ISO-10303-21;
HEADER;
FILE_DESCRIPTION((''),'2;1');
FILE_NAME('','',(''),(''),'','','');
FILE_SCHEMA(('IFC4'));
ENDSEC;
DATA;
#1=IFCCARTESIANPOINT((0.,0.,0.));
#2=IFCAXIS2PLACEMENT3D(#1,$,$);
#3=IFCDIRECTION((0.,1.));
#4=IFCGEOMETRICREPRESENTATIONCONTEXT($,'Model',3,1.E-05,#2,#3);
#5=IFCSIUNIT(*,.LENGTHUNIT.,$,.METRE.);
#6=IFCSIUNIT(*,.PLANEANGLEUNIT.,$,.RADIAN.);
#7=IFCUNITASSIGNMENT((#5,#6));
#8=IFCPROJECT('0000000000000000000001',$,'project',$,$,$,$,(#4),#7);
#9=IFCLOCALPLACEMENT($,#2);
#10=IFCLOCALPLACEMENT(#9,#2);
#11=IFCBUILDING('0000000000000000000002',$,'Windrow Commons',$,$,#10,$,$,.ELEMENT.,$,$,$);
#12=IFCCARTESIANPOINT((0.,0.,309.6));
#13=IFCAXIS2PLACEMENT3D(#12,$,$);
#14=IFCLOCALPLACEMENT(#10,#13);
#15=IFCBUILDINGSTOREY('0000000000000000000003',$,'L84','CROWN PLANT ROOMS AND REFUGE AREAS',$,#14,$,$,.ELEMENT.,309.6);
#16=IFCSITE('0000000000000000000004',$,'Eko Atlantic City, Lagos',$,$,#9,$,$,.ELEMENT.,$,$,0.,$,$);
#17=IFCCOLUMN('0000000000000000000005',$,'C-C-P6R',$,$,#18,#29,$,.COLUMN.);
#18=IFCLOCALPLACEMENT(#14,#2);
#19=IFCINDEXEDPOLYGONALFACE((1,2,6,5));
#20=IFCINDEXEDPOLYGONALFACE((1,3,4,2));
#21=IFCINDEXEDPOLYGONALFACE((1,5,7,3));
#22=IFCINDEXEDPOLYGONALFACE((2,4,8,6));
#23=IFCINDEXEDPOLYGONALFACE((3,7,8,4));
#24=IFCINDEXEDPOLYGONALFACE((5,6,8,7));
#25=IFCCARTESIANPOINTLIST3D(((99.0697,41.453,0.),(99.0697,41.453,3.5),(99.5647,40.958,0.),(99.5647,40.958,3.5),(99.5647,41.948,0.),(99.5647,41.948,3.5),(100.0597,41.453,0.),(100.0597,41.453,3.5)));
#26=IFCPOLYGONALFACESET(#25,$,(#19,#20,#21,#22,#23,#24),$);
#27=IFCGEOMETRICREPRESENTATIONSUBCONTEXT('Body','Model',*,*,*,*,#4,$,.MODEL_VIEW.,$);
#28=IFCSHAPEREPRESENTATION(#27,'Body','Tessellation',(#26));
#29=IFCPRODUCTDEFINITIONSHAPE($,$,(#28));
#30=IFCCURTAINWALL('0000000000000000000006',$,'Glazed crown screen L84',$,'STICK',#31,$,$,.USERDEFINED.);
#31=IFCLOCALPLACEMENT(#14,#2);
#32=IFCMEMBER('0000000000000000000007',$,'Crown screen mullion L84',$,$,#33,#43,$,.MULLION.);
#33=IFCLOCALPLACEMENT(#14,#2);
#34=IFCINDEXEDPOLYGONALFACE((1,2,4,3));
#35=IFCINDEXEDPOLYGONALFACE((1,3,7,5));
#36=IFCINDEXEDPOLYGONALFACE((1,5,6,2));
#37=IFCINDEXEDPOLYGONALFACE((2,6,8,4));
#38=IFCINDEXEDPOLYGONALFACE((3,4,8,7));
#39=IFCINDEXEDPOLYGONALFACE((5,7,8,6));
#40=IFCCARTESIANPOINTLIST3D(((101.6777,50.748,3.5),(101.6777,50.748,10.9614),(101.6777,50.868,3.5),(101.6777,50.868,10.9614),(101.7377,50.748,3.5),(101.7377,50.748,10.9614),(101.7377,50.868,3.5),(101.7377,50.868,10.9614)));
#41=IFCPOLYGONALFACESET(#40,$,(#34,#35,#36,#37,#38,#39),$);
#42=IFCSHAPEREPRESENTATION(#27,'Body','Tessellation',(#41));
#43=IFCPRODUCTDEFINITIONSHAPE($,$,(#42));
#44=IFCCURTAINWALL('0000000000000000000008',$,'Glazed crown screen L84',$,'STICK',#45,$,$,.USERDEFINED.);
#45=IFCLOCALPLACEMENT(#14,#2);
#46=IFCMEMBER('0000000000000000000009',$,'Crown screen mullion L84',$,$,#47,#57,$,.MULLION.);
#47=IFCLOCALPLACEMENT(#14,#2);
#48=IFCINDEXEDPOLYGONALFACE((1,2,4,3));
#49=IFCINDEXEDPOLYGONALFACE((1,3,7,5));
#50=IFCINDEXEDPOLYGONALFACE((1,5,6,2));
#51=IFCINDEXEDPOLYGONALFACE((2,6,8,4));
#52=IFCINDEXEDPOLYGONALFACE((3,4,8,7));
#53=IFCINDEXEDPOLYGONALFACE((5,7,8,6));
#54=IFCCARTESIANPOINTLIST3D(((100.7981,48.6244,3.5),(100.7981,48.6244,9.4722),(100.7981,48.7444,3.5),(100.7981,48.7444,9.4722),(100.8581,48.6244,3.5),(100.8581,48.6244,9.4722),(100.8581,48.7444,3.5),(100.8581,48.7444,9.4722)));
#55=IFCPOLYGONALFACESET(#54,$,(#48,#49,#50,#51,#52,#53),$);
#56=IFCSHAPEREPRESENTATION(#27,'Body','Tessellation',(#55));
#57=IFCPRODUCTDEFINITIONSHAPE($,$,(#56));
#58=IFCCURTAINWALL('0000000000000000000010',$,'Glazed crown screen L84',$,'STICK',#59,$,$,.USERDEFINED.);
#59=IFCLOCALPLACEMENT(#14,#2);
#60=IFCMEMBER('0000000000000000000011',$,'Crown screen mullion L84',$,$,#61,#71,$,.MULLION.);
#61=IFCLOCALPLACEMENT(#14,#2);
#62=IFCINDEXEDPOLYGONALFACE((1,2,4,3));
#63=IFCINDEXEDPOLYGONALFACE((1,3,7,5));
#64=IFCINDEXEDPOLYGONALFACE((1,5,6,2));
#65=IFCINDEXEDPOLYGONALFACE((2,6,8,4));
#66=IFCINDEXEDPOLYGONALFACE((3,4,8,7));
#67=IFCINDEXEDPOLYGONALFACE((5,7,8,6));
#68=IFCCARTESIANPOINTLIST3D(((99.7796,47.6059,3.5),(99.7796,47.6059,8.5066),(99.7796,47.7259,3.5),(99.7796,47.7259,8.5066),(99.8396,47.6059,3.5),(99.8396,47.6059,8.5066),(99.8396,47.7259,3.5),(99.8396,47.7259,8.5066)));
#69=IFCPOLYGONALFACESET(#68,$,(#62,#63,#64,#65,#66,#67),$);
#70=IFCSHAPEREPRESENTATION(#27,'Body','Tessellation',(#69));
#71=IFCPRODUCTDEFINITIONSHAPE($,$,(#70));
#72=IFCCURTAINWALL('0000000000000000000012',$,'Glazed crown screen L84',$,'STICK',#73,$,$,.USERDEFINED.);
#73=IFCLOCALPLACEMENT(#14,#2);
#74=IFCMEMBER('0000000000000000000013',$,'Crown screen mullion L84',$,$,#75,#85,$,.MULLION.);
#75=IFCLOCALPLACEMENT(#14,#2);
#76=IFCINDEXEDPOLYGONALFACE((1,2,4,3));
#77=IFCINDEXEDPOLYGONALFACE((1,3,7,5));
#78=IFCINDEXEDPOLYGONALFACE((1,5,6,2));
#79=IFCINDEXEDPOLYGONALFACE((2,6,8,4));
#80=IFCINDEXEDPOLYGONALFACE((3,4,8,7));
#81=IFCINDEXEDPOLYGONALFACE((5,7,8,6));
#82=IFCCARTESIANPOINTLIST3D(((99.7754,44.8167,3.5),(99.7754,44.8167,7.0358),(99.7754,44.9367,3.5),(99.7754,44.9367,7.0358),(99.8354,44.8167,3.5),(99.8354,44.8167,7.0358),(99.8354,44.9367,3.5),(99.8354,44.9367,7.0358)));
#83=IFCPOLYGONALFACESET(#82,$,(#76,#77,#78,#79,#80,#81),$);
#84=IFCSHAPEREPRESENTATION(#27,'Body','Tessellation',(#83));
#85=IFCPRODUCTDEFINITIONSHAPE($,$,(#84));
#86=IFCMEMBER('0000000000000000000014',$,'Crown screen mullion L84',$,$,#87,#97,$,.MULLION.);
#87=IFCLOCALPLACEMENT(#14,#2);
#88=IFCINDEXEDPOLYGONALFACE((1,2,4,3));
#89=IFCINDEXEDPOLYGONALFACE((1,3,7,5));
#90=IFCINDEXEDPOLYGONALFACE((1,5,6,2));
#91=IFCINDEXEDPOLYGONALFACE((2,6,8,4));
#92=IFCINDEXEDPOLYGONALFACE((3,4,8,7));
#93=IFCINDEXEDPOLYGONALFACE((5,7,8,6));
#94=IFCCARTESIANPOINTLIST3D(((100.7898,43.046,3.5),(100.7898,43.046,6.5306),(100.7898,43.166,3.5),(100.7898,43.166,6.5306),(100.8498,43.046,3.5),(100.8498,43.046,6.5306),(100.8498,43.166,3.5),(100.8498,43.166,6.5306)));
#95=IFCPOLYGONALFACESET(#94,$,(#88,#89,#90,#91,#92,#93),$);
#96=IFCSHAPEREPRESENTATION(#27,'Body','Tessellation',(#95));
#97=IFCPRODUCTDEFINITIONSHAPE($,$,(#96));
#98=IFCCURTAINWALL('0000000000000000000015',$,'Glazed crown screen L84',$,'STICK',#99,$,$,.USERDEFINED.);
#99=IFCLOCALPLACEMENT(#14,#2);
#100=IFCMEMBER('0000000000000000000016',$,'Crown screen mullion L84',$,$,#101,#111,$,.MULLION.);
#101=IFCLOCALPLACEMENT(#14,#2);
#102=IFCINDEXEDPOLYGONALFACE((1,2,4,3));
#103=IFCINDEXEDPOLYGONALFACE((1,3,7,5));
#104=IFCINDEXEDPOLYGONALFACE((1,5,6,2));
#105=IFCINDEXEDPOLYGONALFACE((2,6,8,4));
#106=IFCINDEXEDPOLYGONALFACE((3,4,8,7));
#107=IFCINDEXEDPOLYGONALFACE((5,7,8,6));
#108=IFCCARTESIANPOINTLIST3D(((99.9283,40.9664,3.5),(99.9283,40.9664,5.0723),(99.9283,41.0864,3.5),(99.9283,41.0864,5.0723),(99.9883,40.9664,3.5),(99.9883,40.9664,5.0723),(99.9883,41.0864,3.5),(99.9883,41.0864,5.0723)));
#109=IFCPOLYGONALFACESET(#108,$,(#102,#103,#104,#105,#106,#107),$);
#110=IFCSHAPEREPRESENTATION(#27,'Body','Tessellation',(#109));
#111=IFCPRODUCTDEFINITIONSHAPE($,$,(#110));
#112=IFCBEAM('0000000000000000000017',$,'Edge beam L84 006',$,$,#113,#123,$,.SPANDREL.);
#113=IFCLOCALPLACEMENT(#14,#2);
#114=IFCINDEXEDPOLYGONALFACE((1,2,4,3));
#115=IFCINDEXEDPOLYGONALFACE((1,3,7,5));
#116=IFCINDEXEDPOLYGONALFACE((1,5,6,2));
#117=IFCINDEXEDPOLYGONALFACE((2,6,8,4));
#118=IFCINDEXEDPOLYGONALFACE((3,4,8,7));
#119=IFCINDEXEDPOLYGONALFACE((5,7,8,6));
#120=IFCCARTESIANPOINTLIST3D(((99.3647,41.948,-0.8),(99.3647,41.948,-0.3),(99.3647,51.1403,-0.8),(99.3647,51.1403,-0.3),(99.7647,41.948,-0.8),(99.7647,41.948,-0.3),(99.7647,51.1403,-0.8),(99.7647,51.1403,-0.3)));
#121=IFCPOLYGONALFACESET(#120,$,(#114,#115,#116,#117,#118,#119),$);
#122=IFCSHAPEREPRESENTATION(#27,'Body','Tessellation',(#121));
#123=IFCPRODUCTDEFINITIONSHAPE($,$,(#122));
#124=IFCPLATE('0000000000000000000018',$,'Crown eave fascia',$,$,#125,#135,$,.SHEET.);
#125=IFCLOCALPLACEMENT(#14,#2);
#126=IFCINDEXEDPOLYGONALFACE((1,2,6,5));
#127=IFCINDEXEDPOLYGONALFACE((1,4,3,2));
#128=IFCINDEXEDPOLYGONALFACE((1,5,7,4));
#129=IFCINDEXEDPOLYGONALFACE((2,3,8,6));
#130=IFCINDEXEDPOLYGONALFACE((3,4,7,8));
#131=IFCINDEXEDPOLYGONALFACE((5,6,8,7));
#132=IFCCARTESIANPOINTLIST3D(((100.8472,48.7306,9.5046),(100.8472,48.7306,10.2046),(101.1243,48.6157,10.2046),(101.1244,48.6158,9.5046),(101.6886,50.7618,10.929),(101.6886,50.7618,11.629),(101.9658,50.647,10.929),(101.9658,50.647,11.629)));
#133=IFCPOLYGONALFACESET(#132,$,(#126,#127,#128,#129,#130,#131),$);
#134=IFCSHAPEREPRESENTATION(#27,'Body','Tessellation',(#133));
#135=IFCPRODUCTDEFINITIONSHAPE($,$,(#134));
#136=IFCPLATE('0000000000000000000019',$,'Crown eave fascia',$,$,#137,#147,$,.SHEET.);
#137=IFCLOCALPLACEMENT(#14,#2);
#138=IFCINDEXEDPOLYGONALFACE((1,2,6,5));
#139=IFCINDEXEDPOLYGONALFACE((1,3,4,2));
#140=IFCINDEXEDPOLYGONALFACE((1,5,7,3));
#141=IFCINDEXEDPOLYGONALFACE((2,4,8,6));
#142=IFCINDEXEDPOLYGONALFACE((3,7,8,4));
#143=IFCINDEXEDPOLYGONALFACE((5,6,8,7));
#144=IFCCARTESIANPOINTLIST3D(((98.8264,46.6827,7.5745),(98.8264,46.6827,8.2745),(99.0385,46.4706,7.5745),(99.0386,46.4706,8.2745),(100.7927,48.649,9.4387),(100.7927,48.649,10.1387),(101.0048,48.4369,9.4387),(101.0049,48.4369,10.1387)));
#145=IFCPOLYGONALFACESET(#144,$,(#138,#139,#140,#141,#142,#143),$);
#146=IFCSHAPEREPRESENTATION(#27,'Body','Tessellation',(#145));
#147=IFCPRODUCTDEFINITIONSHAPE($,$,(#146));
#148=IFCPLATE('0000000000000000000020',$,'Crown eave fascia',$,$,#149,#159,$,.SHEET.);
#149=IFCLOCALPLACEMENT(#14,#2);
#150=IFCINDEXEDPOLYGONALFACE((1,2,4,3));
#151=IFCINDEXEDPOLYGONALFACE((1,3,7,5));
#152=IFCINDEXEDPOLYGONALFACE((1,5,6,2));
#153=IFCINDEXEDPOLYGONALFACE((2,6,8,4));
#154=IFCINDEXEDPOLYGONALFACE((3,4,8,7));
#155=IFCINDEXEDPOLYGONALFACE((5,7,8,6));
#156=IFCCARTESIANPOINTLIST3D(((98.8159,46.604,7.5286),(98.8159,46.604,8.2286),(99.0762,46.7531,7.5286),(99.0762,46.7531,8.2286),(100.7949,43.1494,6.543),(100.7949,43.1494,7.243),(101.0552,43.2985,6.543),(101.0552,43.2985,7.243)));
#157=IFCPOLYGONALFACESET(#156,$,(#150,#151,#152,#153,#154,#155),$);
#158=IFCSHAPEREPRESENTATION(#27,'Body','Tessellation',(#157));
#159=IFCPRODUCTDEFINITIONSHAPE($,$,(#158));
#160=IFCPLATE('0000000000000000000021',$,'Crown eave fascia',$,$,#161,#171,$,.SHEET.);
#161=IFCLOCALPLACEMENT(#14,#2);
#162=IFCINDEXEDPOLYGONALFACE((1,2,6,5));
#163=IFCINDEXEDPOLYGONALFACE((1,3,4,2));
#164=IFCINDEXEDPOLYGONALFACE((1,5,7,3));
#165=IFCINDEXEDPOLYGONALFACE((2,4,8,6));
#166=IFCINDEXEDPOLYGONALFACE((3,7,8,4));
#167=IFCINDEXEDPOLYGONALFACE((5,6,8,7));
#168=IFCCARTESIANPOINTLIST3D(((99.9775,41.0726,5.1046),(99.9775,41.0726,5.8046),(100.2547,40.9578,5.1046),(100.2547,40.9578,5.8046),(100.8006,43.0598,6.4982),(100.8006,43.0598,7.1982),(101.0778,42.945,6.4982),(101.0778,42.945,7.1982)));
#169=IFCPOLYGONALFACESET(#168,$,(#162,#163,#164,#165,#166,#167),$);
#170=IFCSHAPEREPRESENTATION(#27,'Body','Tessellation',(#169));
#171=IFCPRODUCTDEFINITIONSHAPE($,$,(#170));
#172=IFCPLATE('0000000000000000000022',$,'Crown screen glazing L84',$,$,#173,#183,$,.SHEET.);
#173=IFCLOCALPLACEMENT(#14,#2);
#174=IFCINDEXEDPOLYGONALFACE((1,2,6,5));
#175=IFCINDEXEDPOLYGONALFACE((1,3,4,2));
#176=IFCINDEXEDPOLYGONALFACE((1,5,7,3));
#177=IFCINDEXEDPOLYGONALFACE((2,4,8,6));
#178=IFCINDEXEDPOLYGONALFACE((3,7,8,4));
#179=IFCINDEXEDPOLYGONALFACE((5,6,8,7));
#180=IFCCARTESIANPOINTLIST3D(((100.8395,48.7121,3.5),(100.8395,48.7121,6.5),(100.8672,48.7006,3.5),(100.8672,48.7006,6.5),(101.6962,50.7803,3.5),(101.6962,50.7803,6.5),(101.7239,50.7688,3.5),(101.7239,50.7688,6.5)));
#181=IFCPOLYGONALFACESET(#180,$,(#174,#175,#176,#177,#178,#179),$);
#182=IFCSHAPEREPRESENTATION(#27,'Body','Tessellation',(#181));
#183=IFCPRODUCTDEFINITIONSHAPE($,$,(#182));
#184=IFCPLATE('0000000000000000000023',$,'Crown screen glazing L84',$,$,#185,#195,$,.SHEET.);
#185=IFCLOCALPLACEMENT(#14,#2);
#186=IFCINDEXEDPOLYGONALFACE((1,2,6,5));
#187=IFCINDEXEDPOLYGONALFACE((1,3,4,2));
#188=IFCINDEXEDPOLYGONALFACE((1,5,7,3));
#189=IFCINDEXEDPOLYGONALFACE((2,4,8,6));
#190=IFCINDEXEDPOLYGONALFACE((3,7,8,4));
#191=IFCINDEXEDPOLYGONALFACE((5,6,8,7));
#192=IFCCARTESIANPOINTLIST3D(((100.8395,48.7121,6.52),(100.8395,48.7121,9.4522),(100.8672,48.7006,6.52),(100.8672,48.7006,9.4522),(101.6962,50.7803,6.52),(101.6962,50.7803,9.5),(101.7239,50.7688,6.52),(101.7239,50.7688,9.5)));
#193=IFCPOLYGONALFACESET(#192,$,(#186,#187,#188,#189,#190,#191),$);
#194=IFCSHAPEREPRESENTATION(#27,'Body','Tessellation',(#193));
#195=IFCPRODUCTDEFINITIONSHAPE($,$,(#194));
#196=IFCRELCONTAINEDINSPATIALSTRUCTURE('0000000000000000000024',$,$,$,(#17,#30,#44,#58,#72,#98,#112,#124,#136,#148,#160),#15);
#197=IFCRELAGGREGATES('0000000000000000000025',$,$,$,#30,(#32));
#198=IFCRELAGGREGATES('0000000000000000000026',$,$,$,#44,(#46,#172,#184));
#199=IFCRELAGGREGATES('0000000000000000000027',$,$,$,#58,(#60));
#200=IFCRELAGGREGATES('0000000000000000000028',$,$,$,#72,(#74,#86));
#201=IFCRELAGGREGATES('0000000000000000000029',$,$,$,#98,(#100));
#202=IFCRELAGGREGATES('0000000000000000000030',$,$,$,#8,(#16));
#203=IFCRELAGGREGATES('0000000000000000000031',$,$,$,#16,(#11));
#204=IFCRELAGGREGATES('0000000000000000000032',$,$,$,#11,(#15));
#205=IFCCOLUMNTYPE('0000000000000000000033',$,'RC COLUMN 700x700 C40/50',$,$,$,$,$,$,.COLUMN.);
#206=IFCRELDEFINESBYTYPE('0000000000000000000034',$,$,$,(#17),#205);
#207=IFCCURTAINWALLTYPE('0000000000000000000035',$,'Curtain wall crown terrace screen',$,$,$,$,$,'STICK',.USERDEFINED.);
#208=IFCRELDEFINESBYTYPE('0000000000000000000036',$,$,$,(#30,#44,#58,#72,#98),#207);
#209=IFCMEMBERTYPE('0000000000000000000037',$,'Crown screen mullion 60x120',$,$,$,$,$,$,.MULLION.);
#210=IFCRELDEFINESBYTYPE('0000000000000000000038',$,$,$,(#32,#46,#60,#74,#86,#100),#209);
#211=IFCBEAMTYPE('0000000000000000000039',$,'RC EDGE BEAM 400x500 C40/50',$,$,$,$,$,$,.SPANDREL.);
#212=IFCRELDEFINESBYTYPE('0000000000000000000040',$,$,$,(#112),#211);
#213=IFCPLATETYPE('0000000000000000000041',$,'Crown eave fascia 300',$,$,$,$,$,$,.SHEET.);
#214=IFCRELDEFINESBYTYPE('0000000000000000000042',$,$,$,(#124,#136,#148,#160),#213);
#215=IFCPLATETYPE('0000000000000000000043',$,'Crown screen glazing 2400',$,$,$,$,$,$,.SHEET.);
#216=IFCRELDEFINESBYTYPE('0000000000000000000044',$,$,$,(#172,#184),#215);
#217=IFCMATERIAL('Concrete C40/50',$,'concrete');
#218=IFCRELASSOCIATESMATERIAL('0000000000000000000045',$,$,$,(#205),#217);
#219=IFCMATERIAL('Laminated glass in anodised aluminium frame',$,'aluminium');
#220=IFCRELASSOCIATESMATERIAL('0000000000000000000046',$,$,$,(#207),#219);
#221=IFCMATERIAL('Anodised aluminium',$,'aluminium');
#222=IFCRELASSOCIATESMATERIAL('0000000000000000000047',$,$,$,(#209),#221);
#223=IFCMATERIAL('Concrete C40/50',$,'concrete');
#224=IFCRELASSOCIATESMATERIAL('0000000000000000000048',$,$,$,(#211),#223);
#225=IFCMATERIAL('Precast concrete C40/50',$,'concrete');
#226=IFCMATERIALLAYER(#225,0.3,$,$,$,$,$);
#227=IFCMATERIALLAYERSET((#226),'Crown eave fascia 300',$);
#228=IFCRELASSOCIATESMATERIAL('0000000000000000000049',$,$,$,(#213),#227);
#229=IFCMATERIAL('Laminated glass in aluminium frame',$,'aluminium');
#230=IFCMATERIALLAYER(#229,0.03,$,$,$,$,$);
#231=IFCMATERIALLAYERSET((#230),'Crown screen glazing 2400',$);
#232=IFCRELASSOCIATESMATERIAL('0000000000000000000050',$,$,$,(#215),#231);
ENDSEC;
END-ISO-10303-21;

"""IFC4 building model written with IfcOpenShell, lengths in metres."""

from ifc_helpers import new_model, si_unit, direction, frame, origin, origin_2d, place, context, subcontext, project, spatial, polyline, rectangle, outline, extrude, material, layer, layer_set, material_profile, profile_set, type_object, element, aggregate, save


model = new_model("IFC4")

# Units and contexts
model_context = context("Model", 3, precision=1e-05, world=origin(), true_north=direction((0.0, 1.0)))
body_context = subcontext(model_context, "Body", "Model", "MODEL_VIEW")
ifc_project = project(units=[si_unit("LENGTHUNIT", "METRE"), si_unit("PLANEANGLEUNIT", "RADIAN")], contexts=[model_context])

# Site, building, storey
site_placement = place(None, origin())
site = spatial("IfcSite", under=ifc_project, at=site_placement, Name="Eko Atlantic City, Lagos", CompositionType="ELEMENT", RefElevation=0.0)
building_placement = place(site_placement, origin())
building = spatial("IfcBuilding", under=site, at=building_placement, Name="Windrow Commons", CompositionType="ELEMENT")
storey_placement = place(building_placement, frame((0.0, 0.0, 309.6)))
storey = spatial("IfcBuildingStorey", under=building, at=storey_placement, Name="L84", Description="CROWN PLANT ROOMS AND REFUGE AREAS", CompositionType="ELEMENT", Elevation=309.6)

# Column
ifc_material_1 = material(Name="Concrete C40/50", Category="concrete")
ifc_material_profile_1 = material_profile(ifc_material_1, rectangle(XDim=0.7, YDim=0.7, at=origin_2d()))
ifc_profile_set_1 = profile_set([ifc_material_profile_1], Name="Concrete C40/50")
column_type = type_object("IfcColumnType", Name="RC COLUMN 700x700 C40/50", PredefinedType="COLUMN", material=ifc_profile_set_1)
column_placement = place(storey_placement, frame((99.5647, 41.453, 0.0), z_axis=(0.0, 0.0, 1.0), x_axis=(0.707107, -0.707107, 0.0)))
element("IfcColumn", 1, at=column_placement, inside=storey, type_object=column_type, Name="C-C-P6R", PredefinedType="COLUMN", context=body_context, shape_type="SweptSolid", body=[
    extrude(rectangle(XDim=0.7, YDim=0.7, at=origin_2d()), origin(), (0.0, 0.0, 1.0), 3.5),
])

# Curtain walls, members
ifc_material_2 = material(Name="Laminated glass in anodised aluminium frame", Category="aluminium")
curtain_wall_type = type_object("IfcCurtainWallType", Name="Curtain wall crown terrace screen", ElementType="STICK", PredefinedType="USERDEFINED", material=ifc_material_2)
placement = place(storey_placement, origin())
curtain_wall_1 = element("IfcCurtainWall", 2, at=placement, inside=storey, type_object=curtain_wall_type, Name="Glazed crown screen L84", ObjectType="STICK", PredefinedType="USERDEFINED")
ifc_material_3 = material(Name="Anodised aluminium", Category="aluminium")
ifc_material_profile_2 = material_profile(ifc_material_3, rectangle(XDim=0.06, YDim=0.12, at=origin_2d()))
ifc_profile_set_2 = profile_set([ifc_material_profile_2], Name="Anodised aluminium")
member_type = type_object("IfcMemberType", Name="Crown screen mullion 60x120", PredefinedType="MULLION", material=ifc_profile_set_2)
member_1_placement = place(storey_placement, frame((101.7077, 50.808, 3.5), z_axis=(0.0, 0.0, 1.0), x_axis=(1.0, 0.0, 0.0)))
member_1 = element("IfcMember", 3, at=member_1_placement, type_object=member_type, Name="Crown screen mullion L84", PredefinedType="MULLION", context=body_context, shape_type="SweptSolid", body=[
    extrude(rectangle(XDim=0.06, YDim=0.12, at=origin_2d()), origin(), (0.0, 0.0, 1.0), 7.4614),
])
aggregate(curtain_wall_1, [member_1])
curtain_wall_2 = element("IfcCurtainWall", 4, at=placement, inside=storey, type_object=curtain_wall_type, Name="Glazed crown screen L84", ObjectType="STICK", PredefinedType="USERDEFINED")
member_2_placement = place(storey_placement, frame((100.8281, 48.6844, 3.5), z_axis=(0.0, 0.0, 1.0), x_axis=(1.0, 0.0, 0.0)))
member_2 = element("IfcMember", 5, at=member_2_placement, type_object=member_type, Name="Crown screen mullion L84", PredefinedType="MULLION", context=body_context, shape_type="SweptSolid", body=[
    extrude(rectangle(XDim=0.06, YDim=0.12, at=origin_2d()), origin(), (0.0, 0.0, 1.0), 5.9722),
])
curtain_wall_3 = element("IfcCurtainWall", 6, at=placement, inside=storey, type_object=curtain_wall_type, Name="Glazed crown screen L84", ObjectType="STICK", PredefinedType="USERDEFINED")
member_3_placement = place(storey_placement, frame((99.8096, 47.6659, 3.5), z_axis=(0.0, 0.0, 1.0), x_axis=(1.0, 0.0, 0.0)))
member_3 = element("IfcMember", 7, at=member_3_placement, type_object=member_type, Name="Crown screen mullion L84", PredefinedType="MULLION", context=body_context, shape_type="SweptSolid", body=[
    extrude(rectangle(XDim=0.06, YDim=0.12, at=origin_2d()), origin(), (0.0, 0.0, 1.0), 5.0066),
])

# Curtain wall, members
curtain_wall_4 = element("IfcCurtainWall", 8, at=placement, inside=storey, type_object=curtain_wall_type, Name="Glazed crown screen L84", ObjectType="STICK", PredefinedType="USERDEFINED")
member_4_placement = place(storey_placement, frame((99.8054, 44.8767, 3.5), z_axis=(0.0, 0.0, 1.0), x_axis=(1.0, 0.0, 0.0)))
member_4 = element("IfcMember", 9, at=member_4_placement, type_object=member_type, Name="Crown screen mullion L84", PredefinedType="MULLION", context=body_context, shape_type="SweptSolid", body=[
    extrude(rectangle(XDim=0.06, YDim=0.12, at=origin_2d()), origin(), (0.0, 0.0, 1.0), 3.5358),
])
member_5_placement = place(storey_placement, frame((100.8198, 43.106, 3.5), z_axis=(0.0, 0.0, 1.0), x_axis=(1.0, 0.0, 0.0)))
member_5 = element("IfcMember", 10, at=member_5_placement, type_object=member_type, Name="Crown screen mullion L84", PredefinedType="MULLION", context=body_context, shape_type="SweptSolid", body=[
    extrude(rectangle(XDim=0.06, YDim=0.12, at=origin_2d()), origin(), (0.0, 0.0, 1.0), 3.0306),
])

# Curtain wall, member
curtain_wall_5 = element("IfcCurtainWall", 11, at=placement, inside=storey, type_object=curtain_wall_type, Name="Glazed crown screen L84", ObjectType="STICK", PredefinedType="USERDEFINED")
member_6_placement = place(storey_placement, frame((99.9583, 41.0264, 3.5), z_axis=(0.0, 0.0, 1.0), x_axis=(1.0, 0.0, 0.0)))
member_6 = element("IfcMember", 12, at=member_6_placement, type_object=member_type, Name="Crown screen mullion L84", PredefinedType="MULLION", context=body_context, shape_type="SweptSolid", body=[
    extrude(rectangle(XDim=0.06, YDim=0.12, at=origin_2d()), origin(), (0.0, 0.0, 1.0), 1.5723),
])

# Beam
ifc_material_4 = material(Name="Concrete C40/50", Category="concrete")
ifc_material_profile_3 = material_profile(ifc_material_4, rectangle(XDim=0.4, YDim=0.5, at=origin_2d()))
ifc_profile_set_3 = profile_set([ifc_material_profile_3], Name="Concrete C40/50")
beam_type = type_object("IfcBeamType", Name="RC EDGE BEAM 400x500 C40/50", PredefinedType="SPANDREL", material=ifc_profile_set_3)
beam_placement = place(storey_placement, frame((99.5647, 51.1403, -0.55), z_axis=(0.0, -1.0, 0.0), x_axis=(1.0, 0.0, 0.0)))
element("IfcBeam", 13, at=beam_placement, inside=storey, type_object=beam_type, Name="Edge beam L84 006", PredefinedType="SPANDREL", context=body_context, shape_type="SweptSolid", body=[
    extrude(rectangle(XDim=0.4, YDim=0.5, at=origin_2d()), origin(), (0.0, 0.0, 1.0), 9.1923),
])

# Plates
ifc_material_5 = material(Name="Precast concrete C40/50", Category="concrete")
ifc_layer_1 = layer(ifc_material_5, 0.3)
ifc_layer_set_1 = layer_set([ifc_layer_1], Name="Crown eave fascia 300")
plate_type_1 = type_object("IfcPlateType", Name="Crown eave fascia 300", PredefinedType="SHEET", material=ifc_layer_set_1)
plate_1_placement = place(storey_placement, frame((101.6886, 50.7618, 10.929), z_axis=(-0.923872, 0.382703, 0.0), x_axis=(-0.321186, -0.775366, -0.543734)))
element("IfcPlate", 14, at=plate_1_placement, inside=storey, type_object=plate_type_1, Name="Crown eave fascia", PredefinedType="SHEET", context=body_context, shape_type="SweptSolid", body=[
    extrude(outline(polyline([(0.0, 0.0), (2.6197, 0.0), (2.2391, 0.5875), (-0.3806, 0.5875), (0.0, 0.0)])), origin(), (0.0, 0.0, -1.0), 0.3),
])
plate_2_placement = place(storey_placement, frame((100.7927, 48.649, 9.4387), z_axis=(-0.707107, 0.707107, 0.0), x_axis=(-0.587337, -0.587337, -0.55684)))
element("IfcPlate", 15, at=plate_2_placement, inside=storey, type_object=plate_type_1, Name="Crown eave fascia", PredefinedType="SHEET", context=body_context, shape_type="SweptSolid", body=[
    extrude(outline(polyline([(0.0, 0.0), (3.3478, 0.0), (2.958, 0.5814), (-0.3898, 0.5814), (0.0, 0.0)])), origin(), (0.0, 0.0, -1.0), 0.3),
])
plate_3_placement = place(storey_placement, frame((98.8159, 46.604, 7.5286), z_axis=(-0.867708, -0.497075, 0.0), x_axis=(0.482509, -0.842282, -0.240304)))
element("IfcPlate", 16, at=plate_3_placement, inside=storey, type_object=plate_type_1, Name="Crown eave fascia", PredefinedType="SHEET", context=body_context, shape_type="SweptSolid", body=[
    extrude(outline(polyline([(0.0, 0.0), (4.1015, 0.0), (3.9333, 0.6795), (-0.1682, 0.6795), (0.0, 0.0)])), origin(), (0.0, 0.0, -1.0), 0.3),
])
plate_4_placement = place(storey_placement, frame((100.8006, 43.0598, 6.4982), z_axis=(-0.923884, 0.382673, 0.0), x_axis=(-0.321157, -0.775364, -0.543754)))
element("IfcPlate", 17, at=plate_4_placement, inside=storey, type_object=plate_type_1, Name="Crown eave fascia", PredefinedType="SHEET", context=body_context, shape_type="SweptSolid", body=[
    extrude(outline(polyline([(0.0, 0.0), (2.5629, 0.0), (2.1823, 0.5875), (-0.3806, 0.5875), (0.0, 0.0)])), origin(), (0.0, 0.0, -1.0), 0.3),
])

# Plates
ifc_material_6 = material(Name="Laminated glass in aluminium frame", Category="aluminium")
ifc_layer_2 = layer(ifc_material_6, 0.03)
ifc_layer_set_2 = layer_set([ifc_layer_2], Name="Crown screen glazing 2400")
plate_type_2 = type_object("IfcPlateType", Name="Crown screen glazing 2400", PredefinedType="SHEET", material=ifc_layer_set_2)
plate_5_placement = place(storey_placement, frame((101.6962, 50.7803, 3.5), z_axis=(-0.923876, 0.382692, 0.0), x_axis=(-0.382692, -0.923876, 0.0)))
plate_5 = element("IfcPlate", 18, at=plate_5_placement, type_object=plate_type_2, Name="Crown screen glazing L84", PredefinedType="SHEET", context=body_context, shape_type="SweptSolid", body=[
    extrude(outline(polyline([(0.0, 0.0), (2.2386, 0.0), (2.2386, 3.0), (0.0, 3.0), (0.0, 0.0)])), origin(), (0.0, 0.0, -1.0), 0.03),
])
plate_6_placement = place(storey_placement, frame((101.6962, 50.7803, 6.52), z_axis=(-0.923876, 0.382692, 0.0), x_axis=(-0.382692, -0.923876, 0.0)))
plate_6 = element("IfcPlate", 19, at=plate_6_placement, type_object=plate_type_2, Name="Crown screen glazing L84", PredefinedType="SHEET", context=body_context, shape_type="SweptSolid", body=[
    extrude(outline(polyline([(0.0, 0.0), (2.2386, 0.0), (2.2386, 2.9322), (0.0, 2.98), (0.0, 0.0)])), origin(), (0.0, 0.0, -1.0), 0.03),
])
aggregate(curtain_wall_2, [member_2, plate_5, plate_6])
aggregate(curtain_wall_3, [member_3])
aggregate(curtain_wall_4, [member_4, member_5])
aggregate(curtain_wall_5, [member_6])

save(model, "model.ifc")
